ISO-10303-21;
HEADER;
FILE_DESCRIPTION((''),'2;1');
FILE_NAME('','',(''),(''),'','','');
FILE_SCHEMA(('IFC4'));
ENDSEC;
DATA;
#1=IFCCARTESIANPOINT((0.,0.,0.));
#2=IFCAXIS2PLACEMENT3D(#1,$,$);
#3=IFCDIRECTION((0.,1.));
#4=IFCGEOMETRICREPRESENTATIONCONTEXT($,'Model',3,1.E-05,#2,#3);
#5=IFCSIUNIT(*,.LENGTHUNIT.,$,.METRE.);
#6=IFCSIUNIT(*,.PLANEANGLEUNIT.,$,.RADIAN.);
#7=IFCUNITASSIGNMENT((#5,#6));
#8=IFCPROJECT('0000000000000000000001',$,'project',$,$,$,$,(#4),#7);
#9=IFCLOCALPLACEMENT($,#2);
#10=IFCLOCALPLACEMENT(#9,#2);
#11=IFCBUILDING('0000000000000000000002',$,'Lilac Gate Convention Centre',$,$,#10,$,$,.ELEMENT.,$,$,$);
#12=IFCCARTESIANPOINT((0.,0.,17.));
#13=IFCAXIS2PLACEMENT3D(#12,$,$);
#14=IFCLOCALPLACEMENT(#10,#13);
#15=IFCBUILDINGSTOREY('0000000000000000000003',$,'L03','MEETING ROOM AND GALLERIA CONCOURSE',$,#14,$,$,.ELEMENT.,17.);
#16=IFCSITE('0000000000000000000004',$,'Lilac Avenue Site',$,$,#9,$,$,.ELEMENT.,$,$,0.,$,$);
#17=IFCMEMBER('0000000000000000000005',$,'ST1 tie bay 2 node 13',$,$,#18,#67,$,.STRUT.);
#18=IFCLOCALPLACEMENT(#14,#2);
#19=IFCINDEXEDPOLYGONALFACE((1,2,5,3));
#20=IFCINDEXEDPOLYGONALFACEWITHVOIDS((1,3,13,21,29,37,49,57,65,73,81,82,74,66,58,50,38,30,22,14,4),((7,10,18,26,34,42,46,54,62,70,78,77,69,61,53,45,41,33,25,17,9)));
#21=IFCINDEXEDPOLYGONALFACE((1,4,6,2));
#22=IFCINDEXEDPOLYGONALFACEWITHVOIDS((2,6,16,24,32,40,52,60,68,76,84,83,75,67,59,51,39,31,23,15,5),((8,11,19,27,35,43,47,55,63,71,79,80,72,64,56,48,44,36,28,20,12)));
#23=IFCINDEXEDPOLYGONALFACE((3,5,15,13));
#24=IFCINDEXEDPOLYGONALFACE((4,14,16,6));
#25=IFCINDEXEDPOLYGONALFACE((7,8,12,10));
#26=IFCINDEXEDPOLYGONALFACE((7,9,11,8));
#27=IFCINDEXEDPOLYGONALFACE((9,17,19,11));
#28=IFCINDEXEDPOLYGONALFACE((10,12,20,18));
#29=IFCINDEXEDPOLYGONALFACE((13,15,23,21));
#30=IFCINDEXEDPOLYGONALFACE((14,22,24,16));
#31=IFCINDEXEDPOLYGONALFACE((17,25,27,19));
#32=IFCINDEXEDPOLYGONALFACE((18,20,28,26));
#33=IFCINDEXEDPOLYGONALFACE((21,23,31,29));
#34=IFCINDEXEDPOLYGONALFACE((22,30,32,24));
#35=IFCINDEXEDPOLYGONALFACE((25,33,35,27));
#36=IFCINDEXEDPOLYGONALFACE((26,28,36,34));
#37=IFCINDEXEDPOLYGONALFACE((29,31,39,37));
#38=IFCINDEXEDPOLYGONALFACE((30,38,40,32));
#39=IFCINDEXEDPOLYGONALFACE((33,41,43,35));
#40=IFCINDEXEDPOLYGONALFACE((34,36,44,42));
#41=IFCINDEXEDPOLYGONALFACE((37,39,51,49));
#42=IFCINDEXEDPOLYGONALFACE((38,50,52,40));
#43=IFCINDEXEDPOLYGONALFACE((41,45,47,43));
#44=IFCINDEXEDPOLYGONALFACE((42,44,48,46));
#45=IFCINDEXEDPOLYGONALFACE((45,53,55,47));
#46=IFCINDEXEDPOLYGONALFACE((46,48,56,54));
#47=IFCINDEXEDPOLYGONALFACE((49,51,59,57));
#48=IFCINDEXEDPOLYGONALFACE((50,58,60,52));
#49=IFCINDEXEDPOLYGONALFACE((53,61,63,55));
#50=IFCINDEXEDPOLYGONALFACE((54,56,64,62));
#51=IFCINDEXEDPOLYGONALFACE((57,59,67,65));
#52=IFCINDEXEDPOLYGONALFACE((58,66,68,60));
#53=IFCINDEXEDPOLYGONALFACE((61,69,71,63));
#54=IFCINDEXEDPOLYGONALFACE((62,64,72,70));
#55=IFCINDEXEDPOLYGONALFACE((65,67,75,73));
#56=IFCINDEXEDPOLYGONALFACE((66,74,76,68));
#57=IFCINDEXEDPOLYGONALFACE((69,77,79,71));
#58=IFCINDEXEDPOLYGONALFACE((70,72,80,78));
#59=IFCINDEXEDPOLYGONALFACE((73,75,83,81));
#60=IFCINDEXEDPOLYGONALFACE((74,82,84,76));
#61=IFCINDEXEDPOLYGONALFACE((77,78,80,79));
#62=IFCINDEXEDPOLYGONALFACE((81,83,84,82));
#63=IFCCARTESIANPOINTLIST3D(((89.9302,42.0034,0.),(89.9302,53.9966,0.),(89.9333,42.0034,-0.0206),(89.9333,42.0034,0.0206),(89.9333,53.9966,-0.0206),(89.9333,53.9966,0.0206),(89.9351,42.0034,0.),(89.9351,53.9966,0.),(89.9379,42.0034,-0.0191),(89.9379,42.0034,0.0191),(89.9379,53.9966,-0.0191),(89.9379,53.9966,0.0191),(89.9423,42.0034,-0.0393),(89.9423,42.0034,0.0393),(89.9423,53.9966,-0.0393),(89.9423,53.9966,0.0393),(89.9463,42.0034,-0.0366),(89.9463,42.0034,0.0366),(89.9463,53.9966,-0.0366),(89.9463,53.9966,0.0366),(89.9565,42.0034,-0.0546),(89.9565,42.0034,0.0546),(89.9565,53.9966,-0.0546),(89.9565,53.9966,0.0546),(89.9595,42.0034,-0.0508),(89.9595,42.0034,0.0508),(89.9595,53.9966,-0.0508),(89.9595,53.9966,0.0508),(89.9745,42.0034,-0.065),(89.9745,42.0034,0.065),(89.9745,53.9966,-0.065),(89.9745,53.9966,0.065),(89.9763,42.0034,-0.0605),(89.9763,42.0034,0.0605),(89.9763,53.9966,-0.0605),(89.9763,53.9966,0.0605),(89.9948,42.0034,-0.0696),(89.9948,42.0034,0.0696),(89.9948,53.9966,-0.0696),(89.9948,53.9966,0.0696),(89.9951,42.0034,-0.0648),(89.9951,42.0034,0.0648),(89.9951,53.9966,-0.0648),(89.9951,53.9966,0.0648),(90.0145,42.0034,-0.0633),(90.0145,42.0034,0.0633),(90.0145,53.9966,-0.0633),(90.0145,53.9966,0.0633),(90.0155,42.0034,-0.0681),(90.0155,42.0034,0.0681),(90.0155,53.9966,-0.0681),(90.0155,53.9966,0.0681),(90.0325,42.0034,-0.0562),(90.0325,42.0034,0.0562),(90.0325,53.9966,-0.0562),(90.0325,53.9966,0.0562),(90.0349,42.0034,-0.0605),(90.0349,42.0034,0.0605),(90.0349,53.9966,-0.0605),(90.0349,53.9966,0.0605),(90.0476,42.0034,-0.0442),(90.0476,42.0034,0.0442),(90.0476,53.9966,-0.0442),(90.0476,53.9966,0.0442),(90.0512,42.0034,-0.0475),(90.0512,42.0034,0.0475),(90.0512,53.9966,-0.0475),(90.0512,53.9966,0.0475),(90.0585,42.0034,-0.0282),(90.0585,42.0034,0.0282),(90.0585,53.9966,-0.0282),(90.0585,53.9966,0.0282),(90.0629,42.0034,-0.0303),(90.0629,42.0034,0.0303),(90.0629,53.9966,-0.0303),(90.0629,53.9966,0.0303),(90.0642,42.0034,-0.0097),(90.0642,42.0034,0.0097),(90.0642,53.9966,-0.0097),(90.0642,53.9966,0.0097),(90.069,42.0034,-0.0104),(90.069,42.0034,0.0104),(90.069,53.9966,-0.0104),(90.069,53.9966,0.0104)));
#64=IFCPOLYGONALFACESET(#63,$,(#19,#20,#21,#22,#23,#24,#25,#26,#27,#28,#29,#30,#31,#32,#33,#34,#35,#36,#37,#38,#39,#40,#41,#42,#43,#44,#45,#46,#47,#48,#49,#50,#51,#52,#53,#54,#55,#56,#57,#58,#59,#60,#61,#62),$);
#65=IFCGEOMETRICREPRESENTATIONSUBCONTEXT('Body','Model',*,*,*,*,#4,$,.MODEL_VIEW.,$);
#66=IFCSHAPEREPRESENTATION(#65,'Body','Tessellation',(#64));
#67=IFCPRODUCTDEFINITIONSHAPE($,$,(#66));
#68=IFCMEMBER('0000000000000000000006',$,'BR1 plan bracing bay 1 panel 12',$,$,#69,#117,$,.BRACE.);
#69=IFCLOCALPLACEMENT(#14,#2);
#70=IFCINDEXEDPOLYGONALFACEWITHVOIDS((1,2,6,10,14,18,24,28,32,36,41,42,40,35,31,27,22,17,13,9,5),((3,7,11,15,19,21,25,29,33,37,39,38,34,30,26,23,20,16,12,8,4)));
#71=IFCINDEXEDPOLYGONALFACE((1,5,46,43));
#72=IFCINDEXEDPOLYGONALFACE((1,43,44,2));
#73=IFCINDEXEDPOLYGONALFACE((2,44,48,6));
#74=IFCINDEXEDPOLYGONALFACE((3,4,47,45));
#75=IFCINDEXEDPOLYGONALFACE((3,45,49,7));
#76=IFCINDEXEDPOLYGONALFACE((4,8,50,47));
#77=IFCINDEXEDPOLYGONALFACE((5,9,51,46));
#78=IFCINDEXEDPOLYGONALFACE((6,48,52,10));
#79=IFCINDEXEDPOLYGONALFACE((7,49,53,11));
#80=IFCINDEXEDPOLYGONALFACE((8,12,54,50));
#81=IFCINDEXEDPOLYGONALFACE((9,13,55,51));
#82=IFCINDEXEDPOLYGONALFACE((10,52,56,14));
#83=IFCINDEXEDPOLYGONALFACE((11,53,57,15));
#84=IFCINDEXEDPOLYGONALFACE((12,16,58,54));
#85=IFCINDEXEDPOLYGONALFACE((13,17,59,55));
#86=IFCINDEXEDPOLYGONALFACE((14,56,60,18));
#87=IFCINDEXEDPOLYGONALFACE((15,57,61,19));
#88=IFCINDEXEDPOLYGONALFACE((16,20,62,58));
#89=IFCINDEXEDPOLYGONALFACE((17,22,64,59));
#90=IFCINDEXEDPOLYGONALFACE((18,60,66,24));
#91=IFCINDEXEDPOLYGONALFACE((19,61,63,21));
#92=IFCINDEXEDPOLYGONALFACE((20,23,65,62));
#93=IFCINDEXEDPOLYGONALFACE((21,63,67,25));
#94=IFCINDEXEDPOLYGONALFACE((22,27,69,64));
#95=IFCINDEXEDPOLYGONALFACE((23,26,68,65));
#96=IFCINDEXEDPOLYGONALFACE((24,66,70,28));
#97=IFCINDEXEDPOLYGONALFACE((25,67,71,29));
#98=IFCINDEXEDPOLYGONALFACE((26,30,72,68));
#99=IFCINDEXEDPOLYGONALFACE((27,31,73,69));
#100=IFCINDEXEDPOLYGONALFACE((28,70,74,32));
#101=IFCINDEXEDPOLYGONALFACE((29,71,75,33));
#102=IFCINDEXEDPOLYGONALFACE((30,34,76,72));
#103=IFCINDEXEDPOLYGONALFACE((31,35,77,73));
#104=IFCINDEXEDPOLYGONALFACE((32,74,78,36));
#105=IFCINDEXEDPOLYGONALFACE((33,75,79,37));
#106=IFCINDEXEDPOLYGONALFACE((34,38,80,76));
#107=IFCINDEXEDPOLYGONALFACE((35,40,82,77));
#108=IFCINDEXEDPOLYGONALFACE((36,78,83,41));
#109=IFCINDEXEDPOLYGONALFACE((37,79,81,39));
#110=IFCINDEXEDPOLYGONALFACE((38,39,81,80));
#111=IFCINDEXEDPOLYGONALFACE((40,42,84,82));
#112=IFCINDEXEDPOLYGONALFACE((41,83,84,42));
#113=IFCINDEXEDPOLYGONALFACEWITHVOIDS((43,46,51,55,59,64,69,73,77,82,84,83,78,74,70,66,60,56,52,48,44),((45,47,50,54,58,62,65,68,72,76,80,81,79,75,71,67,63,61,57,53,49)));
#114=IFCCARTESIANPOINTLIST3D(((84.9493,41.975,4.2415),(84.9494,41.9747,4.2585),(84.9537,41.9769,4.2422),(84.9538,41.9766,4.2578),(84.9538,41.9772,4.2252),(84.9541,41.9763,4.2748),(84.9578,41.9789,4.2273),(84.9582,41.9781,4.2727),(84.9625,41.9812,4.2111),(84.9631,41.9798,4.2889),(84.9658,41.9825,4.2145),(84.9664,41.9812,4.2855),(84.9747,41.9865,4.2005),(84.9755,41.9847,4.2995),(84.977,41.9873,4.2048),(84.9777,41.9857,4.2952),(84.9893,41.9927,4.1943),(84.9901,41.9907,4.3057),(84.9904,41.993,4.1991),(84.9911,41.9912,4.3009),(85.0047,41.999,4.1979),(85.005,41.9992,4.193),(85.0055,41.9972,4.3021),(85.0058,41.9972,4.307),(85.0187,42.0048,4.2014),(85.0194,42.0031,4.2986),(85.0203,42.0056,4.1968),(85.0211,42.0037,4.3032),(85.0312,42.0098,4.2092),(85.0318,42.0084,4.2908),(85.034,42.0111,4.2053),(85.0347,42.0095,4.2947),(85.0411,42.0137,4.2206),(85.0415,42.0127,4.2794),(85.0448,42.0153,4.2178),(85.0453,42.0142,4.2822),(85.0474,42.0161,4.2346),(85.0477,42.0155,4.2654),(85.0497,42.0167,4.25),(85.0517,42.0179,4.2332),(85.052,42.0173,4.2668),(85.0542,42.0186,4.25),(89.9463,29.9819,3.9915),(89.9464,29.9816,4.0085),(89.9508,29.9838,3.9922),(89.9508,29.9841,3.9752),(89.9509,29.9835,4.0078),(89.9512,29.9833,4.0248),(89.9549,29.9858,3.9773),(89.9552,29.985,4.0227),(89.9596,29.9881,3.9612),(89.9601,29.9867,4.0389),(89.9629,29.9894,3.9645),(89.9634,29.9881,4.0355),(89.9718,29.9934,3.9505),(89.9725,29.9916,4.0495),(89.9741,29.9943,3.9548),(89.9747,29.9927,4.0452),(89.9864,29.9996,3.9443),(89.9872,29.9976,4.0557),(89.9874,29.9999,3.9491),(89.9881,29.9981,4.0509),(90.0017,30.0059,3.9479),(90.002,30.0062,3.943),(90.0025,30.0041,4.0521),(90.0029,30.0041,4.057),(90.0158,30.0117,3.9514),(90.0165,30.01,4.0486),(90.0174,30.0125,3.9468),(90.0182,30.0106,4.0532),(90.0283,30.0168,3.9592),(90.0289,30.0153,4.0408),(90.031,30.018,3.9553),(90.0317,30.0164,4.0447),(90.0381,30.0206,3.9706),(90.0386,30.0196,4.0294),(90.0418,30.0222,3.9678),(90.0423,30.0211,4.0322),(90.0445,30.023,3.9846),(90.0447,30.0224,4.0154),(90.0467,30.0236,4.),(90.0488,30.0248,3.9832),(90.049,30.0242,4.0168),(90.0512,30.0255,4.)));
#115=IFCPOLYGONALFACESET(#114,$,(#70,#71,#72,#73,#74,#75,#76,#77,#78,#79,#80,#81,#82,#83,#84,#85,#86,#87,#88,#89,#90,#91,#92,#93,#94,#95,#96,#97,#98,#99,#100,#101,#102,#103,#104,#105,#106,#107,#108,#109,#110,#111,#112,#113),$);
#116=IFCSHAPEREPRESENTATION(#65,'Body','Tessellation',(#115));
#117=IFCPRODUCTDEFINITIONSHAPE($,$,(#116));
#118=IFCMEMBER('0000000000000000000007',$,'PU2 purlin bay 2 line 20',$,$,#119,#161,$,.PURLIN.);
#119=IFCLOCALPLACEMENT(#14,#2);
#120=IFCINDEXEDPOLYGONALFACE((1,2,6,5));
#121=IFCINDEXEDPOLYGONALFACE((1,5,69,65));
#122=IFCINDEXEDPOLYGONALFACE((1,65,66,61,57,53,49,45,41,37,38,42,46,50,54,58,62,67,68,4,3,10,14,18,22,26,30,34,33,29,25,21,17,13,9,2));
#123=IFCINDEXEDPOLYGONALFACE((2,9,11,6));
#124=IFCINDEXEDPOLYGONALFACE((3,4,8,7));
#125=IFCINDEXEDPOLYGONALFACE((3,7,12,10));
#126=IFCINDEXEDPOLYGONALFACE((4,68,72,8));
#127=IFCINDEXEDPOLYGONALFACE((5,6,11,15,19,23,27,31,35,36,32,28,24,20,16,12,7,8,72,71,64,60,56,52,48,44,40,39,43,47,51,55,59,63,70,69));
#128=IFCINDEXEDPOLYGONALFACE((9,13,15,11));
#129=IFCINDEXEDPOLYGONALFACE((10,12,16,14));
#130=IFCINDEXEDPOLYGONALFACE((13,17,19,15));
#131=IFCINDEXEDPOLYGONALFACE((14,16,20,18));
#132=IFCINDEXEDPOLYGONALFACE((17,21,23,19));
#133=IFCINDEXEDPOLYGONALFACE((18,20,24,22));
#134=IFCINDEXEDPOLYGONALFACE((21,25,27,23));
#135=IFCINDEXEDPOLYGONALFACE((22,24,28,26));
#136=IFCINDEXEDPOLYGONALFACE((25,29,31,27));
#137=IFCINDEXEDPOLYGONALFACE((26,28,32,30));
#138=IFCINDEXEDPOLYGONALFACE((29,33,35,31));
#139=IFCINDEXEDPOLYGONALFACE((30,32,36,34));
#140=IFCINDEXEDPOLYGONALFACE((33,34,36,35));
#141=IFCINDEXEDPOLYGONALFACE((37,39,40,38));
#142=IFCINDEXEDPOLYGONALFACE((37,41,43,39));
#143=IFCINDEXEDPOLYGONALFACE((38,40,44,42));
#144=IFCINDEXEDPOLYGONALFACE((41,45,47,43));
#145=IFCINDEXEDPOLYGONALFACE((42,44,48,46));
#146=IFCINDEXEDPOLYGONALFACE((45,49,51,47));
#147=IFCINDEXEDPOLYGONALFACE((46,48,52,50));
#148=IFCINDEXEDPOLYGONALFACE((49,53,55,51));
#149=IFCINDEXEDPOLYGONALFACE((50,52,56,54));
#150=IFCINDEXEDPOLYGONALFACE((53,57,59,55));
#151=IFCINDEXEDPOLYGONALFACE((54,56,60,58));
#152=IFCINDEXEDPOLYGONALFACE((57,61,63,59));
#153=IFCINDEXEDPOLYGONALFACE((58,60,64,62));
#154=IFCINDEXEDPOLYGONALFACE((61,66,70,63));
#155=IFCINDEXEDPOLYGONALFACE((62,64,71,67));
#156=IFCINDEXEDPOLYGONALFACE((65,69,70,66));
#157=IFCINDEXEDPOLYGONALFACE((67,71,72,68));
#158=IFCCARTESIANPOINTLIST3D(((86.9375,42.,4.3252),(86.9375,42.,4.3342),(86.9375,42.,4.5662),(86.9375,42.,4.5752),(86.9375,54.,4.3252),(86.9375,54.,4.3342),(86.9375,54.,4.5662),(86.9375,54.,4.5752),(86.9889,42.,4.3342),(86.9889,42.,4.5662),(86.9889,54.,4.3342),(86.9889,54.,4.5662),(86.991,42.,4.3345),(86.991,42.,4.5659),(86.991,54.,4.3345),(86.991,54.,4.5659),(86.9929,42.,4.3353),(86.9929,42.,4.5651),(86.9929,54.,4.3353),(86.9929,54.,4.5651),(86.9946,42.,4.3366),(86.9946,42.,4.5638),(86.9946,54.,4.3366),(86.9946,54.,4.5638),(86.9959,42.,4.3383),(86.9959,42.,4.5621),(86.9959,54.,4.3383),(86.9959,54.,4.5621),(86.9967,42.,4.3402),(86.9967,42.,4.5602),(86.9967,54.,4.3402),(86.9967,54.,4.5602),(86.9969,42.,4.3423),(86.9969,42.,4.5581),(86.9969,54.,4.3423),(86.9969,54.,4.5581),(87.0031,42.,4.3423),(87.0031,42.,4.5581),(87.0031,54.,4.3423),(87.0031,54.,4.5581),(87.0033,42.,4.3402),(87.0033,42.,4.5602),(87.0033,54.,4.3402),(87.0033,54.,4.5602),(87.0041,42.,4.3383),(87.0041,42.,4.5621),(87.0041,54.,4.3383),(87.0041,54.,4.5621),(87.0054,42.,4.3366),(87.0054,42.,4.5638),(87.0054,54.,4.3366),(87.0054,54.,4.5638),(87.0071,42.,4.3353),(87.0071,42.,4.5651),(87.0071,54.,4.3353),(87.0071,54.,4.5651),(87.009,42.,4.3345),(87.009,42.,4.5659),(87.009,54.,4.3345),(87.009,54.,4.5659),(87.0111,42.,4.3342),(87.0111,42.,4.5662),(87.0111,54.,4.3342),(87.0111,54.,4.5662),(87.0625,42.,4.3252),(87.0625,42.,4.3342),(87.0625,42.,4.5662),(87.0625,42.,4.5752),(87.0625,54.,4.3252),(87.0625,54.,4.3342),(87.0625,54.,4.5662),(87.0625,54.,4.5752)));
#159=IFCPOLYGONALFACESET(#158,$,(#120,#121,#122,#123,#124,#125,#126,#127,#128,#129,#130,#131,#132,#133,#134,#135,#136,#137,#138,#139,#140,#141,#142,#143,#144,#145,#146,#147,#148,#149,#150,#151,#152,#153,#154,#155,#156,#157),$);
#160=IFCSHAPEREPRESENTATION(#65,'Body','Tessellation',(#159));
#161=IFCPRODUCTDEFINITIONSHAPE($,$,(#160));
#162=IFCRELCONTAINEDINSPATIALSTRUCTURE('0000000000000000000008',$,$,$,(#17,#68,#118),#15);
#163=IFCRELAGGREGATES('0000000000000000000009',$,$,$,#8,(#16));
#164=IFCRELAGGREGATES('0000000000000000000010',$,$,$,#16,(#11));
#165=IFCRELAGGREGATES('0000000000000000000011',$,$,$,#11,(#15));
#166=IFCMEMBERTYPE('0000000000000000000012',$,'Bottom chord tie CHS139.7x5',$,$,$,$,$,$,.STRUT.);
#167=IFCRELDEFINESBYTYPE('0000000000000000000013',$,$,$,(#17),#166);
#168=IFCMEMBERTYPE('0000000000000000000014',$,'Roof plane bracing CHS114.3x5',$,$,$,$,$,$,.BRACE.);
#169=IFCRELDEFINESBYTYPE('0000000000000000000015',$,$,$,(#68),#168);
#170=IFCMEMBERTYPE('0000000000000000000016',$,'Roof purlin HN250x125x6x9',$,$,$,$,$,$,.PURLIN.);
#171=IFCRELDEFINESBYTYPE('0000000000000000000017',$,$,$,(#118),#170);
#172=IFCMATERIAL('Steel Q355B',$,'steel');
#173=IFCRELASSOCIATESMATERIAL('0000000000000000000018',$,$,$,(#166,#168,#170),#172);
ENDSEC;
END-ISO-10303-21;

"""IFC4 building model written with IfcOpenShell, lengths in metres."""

from ifc_helpers import new_model, si_unit, direction, frame, origin, origin_2d, place, context, subcontext, project, spatial, hollow_circle, i_section, extrude, material, material_profile, profile_set, type_object, element, save


model = new_model("IFC4")

# Units and contexts
model_context = context("Model", 3, precision=1e-05, world=origin(), true_north=direction((0.0, 1.0)))
body_context = subcontext(model_context, "Body", "Model", "MODEL_VIEW")
ifc_project = project(units=[si_unit("LENGTHUNIT", "METRE"), si_unit("PLANEANGLEUNIT", "RADIAN")], contexts=[model_context])

# Site, building, storey
site_placement = place(None, origin())
site = spatial("IfcSite", under=ifc_project, at=site_placement, Name="Lilac Avenue Site", CompositionType="ELEMENT", RefElevation=0.0)
building_placement = place(site_placement, origin())
building = spatial("IfcBuilding", under=site, at=building_placement, Name="Lilac Gate Convention Centre", CompositionType="ELEMENT")
storey_placement = place(building_placement, frame((0.0, 0.0, 17.0)))
storey = spatial("IfcBuildingStorey", under=building, at=storey_placement, Name="L03", Description="MEETING ROOM AND GALLERIA CONCOURSE", CompositionType="ELEMENT", Elevation=17.0)

# Members
ifc_material_1 = material(Name="Steel Q355B", Category="steel")
ifc_material_profile_1 = material_profile(ifc_material_1, hollow_circle(Radius=0.0698, WallThickness=0.0049, at=origin_2d()), Name="CHS139.7x5")
ifc_profile_set_1 = profile_set([ifc_material_profile_1], Name="Steel Q355B")
member_type_1 = type_object("IfcMemberType", Name="Bottom chord tie CHS139.7x5", PredefinedType="STRUT", material=ifc_profile_set_1)
for number, where, z_axis, x_axis, name in (
    (1, (90.0, 42.0034, 0.0), (0.0, 1.0, 0.0), (-1.0, 0.0, 0.0), "ST1 tie bay 2 node 13"),
):
    element("IfcMember", number, at=place(storey_placement, frame(where, z_axis=z_axis, x_axis=x_axis)), inside=storey, type_object=member_type_1, Name=name, PredefinedType="STRUT", context=body_context, shape_type="SweptSolid", body=[
        extrude(hollow_circle(Radius=0.0698, WallThickness=0.0049, at=origin_2d()), origin(), (0.0, 0.0, 1.0), 11.9932),
    ])
ifc_material_profile_2 = material_profile(ifc_material_1, hollow_circle(Radius=0.0571, WallThickness=0.0049, at=origin_2d()), Name="CHS114.3x5")
ifc_profile_set_2 = profile_set([ifc_material_profile_2], Name="Steel Q355B")
member_type_2 = type_object("IfcMemberType", Name="Roof plane bracing CHS114.3x5", PredefinedType="BRACE", material=ifc_profile_set_2)
member_1_placement = place(storey_placement, frame((85.0015, 41.9966, 4.25), z_axis=(0.384539, -0.922908, -0.019238), x_axis=(0.923079, 0.38461, 0.0)))
element("IfcMember", 2, at=member_1_placement, inside=storey, type_object=member_type_2, Name="BR1 plan bracing bay 1 panel 12", PredefinedType="BRACE", context=body_context, shape_type="SweptSolid", body=[
    extrude(hollow_circle(Radius=0.0571, WallThickness=0.0049, at=origin_2d()), origin(), (0.0, 0.0, 1.0), 12.9949),
])
ifc_material_profile_3 = material_profile(ifc_material_1, i_section(OverallWidth=0.125, OverallDepth=0.25, WebThickness=0.0061, FlangeThickness=0.009, FilletRadius=0.0081, at=origin_2d()), Name="HN250x125x6x9")
ifc_profile_set_3 = profile_set([ifc_material_profile_3], Name="Steel Q355B")
member_type_3 = type_object("IfcMemberType", Name="Roof purlin HN250x125x6x9", PredefinedType="PURLIN", material=ifc_profile_set_3)
for number, where, z_axis, x_axis, name in (
    (3, (87.0, 42.0, 4.4502), (0.0, 1.0, 0.0), (-1.0, 0.0, 0.0), "PU2 purlin bay 2 line 20"),
):
    element("IfcMember", number, at=place(storey_placement, frame(where, z_axis=z_axis, x_axis=x_axis)), inside=storey, type_object=member_type_3, Name=name, PredefinedType="PURLIN", context=body_context, shape_type="SweptSolid", body=[
        extrude(i_section(OverallWidth=0.125, OverallDepth=0.25, WebThickness=0.0061, FlangeThickness=0.009, FilletRadius=0.0081, at=origin_2d()), origin(), (0.0, 0.0, 1.0), 12.0),
    ])

save(model, "model.ifc")
